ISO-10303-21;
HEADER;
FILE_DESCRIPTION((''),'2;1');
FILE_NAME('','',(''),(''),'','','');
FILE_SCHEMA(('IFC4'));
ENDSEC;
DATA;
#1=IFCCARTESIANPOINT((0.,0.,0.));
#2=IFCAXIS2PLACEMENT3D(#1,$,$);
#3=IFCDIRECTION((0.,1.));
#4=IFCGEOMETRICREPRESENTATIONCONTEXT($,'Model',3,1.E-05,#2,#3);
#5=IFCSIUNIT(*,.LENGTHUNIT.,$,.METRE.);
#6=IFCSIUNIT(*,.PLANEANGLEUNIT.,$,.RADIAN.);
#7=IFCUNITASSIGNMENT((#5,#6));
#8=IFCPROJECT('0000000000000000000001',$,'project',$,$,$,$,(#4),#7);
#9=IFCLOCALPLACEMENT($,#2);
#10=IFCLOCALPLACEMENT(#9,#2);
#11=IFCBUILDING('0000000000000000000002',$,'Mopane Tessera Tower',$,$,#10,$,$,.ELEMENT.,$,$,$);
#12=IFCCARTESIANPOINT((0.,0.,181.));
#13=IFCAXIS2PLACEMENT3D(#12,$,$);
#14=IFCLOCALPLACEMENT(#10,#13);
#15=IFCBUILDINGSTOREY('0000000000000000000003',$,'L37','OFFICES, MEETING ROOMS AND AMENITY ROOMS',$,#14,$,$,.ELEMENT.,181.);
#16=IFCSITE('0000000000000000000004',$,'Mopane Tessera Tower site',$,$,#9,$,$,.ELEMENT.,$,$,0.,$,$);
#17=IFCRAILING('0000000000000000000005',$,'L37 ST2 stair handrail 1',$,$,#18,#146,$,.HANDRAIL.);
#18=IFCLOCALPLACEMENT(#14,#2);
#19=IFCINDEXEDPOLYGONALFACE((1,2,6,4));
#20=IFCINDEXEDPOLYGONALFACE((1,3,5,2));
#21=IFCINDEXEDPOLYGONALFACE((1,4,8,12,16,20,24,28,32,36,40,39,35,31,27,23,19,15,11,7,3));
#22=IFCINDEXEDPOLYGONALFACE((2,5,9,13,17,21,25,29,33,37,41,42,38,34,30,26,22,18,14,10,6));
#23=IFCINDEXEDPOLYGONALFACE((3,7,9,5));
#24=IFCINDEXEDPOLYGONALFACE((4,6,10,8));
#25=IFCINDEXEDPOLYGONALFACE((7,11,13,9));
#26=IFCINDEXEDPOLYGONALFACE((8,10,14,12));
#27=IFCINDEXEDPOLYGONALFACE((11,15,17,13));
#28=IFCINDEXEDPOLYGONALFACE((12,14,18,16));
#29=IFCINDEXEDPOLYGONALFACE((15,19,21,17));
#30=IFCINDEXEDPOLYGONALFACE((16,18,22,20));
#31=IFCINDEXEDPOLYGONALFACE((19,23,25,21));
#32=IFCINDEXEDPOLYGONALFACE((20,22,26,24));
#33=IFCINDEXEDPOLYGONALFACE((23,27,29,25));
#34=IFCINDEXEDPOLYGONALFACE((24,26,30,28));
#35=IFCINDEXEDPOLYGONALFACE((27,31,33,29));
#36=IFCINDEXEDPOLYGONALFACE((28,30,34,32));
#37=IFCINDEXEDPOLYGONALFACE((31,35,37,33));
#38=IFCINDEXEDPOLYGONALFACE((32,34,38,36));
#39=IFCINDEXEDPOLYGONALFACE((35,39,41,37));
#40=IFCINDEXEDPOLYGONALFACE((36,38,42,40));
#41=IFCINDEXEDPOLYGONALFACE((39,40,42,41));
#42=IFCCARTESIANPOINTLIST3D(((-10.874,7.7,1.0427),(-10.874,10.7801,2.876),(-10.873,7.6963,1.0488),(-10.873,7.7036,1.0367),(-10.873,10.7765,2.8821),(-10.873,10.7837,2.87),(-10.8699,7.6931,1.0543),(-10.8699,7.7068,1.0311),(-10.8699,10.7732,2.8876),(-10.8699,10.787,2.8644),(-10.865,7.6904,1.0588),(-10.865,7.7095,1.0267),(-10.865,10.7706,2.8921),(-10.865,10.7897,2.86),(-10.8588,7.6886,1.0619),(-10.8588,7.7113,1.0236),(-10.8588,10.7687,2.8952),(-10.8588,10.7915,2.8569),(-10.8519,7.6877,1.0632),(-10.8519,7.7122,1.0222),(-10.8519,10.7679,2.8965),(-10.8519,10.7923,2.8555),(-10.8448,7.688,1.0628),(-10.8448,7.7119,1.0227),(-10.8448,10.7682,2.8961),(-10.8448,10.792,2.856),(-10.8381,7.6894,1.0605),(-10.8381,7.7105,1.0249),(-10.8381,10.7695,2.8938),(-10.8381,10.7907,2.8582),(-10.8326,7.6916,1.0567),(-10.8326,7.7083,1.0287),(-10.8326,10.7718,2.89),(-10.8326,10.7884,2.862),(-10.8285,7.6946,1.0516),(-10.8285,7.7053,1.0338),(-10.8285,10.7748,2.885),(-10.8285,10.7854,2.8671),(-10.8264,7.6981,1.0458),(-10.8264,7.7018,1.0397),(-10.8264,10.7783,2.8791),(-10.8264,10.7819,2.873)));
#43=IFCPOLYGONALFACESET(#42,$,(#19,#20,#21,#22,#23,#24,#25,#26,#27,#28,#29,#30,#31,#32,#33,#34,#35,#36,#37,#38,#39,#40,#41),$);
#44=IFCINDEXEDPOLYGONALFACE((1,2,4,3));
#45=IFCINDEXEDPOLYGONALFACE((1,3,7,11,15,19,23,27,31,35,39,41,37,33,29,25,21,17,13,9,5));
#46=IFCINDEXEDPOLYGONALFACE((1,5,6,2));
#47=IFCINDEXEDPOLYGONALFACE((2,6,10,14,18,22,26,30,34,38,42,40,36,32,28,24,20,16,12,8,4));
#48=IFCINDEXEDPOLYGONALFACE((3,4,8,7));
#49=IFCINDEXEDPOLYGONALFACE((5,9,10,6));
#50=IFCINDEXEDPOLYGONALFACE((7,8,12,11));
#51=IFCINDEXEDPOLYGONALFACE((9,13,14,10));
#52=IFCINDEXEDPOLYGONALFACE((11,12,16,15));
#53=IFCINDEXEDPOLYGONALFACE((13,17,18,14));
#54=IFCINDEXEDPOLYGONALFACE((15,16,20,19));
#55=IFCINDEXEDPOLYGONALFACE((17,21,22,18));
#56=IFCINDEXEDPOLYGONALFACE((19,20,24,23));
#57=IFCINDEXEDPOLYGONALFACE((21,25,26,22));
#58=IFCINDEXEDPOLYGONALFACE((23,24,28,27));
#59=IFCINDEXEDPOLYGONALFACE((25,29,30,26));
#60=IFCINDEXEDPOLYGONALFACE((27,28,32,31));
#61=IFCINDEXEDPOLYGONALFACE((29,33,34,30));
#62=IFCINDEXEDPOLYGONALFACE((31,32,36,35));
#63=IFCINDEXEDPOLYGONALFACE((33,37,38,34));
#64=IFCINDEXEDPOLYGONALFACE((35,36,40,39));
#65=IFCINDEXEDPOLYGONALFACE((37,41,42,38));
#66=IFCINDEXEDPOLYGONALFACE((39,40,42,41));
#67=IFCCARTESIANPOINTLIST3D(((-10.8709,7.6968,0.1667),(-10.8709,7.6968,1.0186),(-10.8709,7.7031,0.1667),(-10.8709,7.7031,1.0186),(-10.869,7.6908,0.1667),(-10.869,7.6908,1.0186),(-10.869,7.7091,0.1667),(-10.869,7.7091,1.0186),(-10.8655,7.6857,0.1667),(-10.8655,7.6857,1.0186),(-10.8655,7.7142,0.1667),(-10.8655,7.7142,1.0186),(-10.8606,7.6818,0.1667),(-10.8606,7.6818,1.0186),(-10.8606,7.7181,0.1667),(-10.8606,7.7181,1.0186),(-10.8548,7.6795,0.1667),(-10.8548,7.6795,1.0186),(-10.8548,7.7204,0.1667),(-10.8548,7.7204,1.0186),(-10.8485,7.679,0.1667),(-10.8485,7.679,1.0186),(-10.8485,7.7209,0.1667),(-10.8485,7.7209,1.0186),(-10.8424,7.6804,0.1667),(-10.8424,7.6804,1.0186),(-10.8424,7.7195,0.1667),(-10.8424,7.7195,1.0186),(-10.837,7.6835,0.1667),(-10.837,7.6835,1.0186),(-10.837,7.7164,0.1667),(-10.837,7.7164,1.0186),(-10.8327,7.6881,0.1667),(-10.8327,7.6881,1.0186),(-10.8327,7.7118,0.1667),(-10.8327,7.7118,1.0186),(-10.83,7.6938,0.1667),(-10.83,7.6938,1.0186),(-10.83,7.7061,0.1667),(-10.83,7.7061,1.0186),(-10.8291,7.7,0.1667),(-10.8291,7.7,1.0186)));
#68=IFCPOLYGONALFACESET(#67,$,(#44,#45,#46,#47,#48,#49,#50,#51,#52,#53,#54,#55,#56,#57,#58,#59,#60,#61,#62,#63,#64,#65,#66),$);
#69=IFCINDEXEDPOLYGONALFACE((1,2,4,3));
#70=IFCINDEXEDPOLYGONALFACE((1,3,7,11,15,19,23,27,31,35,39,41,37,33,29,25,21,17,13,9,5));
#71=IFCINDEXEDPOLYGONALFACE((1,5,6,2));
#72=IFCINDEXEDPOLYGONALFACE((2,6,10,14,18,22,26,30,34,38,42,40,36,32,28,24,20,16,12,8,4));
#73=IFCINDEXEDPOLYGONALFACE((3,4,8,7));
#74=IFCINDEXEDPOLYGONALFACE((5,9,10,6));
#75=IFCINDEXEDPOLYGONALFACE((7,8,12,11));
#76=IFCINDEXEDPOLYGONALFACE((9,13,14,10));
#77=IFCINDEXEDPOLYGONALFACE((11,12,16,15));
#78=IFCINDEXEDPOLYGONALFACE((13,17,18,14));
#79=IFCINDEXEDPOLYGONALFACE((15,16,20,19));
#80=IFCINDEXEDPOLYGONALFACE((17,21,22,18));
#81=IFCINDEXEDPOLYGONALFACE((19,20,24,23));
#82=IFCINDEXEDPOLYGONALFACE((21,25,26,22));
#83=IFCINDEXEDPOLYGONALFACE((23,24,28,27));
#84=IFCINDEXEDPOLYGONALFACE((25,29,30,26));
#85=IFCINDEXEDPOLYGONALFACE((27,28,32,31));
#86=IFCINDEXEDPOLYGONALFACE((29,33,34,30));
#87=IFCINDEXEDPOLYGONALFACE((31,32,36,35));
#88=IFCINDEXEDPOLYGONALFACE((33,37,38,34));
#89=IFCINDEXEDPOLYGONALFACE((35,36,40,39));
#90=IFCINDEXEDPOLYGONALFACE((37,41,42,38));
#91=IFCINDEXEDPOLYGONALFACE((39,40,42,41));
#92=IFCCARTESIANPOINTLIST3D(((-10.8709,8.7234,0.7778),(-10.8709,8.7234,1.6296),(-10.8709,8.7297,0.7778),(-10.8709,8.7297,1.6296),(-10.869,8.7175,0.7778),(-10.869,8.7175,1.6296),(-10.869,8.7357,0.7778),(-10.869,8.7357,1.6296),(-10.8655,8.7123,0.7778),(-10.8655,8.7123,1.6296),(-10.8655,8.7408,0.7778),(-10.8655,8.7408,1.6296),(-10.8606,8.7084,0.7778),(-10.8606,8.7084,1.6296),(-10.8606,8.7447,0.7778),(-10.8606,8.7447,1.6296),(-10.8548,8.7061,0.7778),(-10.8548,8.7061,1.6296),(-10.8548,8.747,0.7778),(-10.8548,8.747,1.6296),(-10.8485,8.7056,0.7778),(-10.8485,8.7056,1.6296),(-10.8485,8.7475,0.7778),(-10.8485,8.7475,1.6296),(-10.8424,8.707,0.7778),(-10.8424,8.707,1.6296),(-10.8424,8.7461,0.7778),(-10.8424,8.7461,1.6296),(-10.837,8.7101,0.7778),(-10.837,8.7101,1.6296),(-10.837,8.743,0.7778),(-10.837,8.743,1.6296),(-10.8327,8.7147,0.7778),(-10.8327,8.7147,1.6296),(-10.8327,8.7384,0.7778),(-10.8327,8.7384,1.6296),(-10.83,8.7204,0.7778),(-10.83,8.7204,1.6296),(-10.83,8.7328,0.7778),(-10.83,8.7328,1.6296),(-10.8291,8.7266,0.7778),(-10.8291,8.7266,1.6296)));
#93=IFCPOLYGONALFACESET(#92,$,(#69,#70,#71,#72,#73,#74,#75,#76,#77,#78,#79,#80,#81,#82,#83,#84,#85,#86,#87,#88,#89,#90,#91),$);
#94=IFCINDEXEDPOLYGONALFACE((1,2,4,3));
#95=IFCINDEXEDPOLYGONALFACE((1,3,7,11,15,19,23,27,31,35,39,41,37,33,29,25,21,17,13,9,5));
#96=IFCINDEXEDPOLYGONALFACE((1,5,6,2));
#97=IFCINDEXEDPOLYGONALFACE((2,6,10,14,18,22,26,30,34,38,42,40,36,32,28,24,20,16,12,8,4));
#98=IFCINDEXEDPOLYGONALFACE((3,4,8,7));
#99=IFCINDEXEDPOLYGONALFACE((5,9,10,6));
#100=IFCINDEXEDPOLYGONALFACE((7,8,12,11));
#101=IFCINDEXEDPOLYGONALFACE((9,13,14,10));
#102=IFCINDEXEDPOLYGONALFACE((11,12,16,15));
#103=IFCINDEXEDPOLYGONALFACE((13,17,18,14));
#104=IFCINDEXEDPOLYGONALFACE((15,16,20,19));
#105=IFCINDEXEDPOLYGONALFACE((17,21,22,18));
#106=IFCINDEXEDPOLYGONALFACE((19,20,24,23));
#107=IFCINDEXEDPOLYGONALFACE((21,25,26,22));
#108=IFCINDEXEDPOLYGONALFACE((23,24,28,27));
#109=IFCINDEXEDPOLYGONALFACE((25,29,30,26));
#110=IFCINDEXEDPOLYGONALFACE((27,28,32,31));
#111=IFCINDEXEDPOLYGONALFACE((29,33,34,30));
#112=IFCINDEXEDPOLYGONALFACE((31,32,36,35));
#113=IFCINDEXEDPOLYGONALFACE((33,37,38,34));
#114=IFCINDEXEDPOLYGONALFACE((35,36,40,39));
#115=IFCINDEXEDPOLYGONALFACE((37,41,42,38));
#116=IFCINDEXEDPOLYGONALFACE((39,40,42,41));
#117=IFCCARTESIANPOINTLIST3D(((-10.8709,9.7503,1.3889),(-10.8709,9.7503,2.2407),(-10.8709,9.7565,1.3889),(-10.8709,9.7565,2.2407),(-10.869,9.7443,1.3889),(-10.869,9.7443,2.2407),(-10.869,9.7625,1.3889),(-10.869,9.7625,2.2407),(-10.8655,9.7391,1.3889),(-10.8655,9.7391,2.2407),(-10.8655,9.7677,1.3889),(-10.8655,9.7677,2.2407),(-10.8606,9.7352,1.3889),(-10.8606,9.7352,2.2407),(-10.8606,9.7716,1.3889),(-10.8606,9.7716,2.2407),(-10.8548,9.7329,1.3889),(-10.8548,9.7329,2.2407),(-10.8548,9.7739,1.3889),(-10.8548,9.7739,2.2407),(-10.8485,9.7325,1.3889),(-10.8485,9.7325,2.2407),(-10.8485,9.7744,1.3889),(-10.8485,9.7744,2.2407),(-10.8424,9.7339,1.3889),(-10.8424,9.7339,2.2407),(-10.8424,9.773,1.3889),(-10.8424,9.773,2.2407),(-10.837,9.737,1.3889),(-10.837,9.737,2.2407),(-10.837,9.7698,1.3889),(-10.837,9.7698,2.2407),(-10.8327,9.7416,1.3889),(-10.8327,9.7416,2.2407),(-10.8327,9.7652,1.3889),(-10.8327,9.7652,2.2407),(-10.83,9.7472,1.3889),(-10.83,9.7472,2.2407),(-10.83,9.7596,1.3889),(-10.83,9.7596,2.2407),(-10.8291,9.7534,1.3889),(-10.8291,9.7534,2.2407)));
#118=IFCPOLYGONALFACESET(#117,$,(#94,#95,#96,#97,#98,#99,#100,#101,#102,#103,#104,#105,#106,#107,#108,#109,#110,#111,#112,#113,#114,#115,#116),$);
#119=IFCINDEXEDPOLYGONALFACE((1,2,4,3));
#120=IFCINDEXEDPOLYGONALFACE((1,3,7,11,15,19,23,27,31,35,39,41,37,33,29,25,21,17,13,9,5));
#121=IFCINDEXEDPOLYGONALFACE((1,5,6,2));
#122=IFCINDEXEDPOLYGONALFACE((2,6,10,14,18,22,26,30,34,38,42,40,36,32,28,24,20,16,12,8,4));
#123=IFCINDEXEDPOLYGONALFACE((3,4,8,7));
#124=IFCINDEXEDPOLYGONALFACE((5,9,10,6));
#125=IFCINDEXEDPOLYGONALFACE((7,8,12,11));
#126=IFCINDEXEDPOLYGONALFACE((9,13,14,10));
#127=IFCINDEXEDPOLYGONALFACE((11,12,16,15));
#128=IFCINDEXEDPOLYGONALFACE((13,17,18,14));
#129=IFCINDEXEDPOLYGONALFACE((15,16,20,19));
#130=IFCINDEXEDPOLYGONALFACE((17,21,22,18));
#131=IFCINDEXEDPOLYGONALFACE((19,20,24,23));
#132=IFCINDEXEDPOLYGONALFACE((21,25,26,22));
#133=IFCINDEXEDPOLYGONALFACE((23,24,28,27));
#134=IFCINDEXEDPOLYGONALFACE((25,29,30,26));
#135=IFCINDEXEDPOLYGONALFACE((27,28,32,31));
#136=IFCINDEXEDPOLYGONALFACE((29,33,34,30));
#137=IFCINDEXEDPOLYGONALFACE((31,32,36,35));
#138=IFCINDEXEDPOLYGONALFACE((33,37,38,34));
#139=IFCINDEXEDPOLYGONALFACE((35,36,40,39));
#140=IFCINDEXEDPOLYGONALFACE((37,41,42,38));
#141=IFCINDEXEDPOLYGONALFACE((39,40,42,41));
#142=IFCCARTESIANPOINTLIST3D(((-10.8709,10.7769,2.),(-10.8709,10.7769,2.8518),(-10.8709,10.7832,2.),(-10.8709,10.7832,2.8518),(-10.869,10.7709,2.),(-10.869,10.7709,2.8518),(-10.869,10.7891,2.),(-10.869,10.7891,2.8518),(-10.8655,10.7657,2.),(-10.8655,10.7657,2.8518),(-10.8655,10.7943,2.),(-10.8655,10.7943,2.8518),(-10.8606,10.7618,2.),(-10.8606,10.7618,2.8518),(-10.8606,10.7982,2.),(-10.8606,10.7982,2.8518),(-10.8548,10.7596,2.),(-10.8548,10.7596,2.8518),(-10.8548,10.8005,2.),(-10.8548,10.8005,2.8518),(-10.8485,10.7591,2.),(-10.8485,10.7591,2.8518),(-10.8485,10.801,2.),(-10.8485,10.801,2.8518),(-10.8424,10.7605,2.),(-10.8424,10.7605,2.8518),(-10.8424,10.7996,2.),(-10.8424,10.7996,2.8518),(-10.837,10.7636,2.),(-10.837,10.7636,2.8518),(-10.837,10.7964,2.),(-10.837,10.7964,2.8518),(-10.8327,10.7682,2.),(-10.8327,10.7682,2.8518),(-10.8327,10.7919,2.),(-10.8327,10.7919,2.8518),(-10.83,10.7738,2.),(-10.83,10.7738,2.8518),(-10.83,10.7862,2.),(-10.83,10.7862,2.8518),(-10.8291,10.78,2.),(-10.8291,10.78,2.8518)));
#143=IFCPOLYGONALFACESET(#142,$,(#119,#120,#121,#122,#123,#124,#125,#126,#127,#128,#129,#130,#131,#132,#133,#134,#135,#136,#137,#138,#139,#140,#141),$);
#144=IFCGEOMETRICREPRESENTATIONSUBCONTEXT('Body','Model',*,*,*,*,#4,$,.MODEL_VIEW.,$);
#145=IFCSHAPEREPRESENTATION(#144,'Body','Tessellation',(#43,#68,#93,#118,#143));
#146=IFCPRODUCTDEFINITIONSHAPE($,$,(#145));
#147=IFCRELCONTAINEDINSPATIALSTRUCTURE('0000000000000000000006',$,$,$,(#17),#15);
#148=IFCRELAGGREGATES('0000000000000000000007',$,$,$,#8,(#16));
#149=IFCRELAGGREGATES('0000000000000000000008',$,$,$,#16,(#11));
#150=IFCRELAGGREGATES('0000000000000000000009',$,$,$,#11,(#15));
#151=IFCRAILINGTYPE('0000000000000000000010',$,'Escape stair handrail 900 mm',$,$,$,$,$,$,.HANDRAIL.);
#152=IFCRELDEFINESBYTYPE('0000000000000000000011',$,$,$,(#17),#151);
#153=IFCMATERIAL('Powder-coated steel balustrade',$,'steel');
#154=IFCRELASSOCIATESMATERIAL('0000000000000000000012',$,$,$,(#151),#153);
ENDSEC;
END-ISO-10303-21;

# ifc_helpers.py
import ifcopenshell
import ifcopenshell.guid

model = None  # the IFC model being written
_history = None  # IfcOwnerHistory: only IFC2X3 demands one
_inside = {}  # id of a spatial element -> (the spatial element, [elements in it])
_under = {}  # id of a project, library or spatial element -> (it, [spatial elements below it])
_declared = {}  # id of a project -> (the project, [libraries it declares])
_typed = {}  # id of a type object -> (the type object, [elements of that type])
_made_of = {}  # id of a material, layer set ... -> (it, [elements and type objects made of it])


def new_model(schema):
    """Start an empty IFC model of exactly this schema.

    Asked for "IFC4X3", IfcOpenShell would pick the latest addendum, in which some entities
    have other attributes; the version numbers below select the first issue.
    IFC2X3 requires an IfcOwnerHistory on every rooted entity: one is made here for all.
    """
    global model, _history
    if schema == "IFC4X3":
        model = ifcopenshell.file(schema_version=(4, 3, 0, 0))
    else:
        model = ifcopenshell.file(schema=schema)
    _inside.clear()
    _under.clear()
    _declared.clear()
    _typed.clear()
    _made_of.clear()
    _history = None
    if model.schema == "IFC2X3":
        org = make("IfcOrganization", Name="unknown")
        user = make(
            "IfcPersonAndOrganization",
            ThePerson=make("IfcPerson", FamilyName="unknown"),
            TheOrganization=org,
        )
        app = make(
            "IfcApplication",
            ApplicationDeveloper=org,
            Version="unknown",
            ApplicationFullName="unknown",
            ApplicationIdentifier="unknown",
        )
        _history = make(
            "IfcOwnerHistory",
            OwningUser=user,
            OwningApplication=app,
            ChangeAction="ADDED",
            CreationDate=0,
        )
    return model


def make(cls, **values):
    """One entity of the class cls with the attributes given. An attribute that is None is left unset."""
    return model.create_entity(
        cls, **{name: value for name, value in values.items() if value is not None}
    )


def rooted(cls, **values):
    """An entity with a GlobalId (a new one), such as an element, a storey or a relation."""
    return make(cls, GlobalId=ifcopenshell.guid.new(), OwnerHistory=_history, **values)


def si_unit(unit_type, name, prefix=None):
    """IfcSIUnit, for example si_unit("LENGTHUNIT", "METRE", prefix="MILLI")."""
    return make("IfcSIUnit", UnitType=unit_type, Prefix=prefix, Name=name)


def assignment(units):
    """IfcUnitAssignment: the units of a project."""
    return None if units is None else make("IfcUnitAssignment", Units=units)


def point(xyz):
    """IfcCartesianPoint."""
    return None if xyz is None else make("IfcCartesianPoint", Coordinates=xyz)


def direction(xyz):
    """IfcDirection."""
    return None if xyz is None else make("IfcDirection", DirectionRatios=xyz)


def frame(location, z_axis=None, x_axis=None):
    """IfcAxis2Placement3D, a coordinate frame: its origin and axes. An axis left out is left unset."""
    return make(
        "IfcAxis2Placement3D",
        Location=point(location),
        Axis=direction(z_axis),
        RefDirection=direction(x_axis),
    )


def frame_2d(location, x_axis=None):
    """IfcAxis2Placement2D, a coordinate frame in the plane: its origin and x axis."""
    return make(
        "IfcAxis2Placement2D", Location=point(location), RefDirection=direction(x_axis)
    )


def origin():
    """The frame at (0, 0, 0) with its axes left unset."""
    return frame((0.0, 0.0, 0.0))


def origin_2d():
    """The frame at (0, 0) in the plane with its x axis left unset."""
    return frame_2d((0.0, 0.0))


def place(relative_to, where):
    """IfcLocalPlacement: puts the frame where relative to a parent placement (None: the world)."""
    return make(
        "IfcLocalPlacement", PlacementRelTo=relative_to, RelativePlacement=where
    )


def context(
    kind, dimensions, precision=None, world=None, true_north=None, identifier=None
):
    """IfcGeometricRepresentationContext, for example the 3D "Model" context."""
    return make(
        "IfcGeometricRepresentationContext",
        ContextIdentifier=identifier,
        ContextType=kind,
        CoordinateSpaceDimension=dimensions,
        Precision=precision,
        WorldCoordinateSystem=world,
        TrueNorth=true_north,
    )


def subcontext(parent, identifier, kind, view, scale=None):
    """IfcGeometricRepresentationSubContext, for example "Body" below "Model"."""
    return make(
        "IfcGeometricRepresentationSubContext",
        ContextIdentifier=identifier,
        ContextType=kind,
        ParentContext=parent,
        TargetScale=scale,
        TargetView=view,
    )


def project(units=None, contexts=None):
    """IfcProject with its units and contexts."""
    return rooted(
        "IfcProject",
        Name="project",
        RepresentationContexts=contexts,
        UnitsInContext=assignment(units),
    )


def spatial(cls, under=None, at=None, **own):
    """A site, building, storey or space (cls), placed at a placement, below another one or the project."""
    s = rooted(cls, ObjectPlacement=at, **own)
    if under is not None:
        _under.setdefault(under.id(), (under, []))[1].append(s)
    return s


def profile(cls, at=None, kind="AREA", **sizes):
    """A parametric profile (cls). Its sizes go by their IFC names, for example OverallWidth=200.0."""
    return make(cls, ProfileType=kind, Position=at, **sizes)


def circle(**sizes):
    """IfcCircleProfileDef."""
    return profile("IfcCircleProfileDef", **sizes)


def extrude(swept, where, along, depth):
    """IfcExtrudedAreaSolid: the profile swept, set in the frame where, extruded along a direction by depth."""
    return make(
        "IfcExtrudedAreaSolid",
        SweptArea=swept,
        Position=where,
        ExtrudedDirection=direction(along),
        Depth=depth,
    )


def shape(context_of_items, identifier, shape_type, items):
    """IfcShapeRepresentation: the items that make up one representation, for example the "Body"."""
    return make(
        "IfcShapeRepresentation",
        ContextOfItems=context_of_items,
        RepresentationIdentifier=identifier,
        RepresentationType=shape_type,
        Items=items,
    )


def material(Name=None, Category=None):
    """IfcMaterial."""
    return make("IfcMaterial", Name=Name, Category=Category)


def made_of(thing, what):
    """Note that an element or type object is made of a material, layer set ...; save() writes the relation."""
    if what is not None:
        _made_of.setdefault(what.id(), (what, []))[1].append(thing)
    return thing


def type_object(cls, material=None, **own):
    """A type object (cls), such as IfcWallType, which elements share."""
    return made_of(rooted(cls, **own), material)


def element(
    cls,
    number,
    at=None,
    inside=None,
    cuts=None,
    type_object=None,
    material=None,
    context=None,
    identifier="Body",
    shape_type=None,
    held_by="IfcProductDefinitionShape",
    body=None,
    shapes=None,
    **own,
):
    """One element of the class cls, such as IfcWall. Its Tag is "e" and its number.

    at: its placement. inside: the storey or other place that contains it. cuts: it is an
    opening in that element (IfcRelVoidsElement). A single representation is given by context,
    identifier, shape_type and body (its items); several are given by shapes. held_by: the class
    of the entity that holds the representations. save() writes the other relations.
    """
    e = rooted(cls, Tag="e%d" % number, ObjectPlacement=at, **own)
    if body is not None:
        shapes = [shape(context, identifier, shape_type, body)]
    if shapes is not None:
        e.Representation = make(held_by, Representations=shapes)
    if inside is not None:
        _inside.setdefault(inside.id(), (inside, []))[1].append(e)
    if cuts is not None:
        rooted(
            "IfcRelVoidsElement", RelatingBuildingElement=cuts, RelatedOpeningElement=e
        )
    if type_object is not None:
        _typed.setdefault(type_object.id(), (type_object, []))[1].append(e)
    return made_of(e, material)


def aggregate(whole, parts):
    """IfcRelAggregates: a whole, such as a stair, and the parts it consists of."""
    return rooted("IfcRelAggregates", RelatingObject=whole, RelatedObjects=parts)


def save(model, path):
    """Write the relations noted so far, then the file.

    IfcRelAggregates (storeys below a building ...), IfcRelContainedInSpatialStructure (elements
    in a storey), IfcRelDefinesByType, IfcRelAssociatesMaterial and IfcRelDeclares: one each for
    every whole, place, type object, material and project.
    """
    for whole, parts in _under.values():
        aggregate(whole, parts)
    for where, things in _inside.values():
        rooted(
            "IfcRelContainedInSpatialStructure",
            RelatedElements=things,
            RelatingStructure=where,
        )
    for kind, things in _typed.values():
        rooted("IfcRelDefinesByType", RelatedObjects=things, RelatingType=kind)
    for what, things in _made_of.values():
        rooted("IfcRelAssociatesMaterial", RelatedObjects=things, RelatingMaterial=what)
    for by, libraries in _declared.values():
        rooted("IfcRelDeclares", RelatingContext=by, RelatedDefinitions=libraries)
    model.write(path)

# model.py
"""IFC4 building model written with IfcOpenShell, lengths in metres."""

from ifc_helpers import new_model, si_unit, direction, frame, origin, origin_2d, place, context, subcontext, project, spatial, circle, extrude, material, type_object, element, save


model = new_model("IFC4")

# Units and contexts
model_context = context("Model", 3, precision=1e-05, world=origin(), true_north=direction((0.0, 1.0)))
body_context = subcontext(model_context, "Body", "Model", "MODEL_VIEW")
ifc_project = project(units=[si_unit("LENGTHUNIT", "METRE"), si_unit("PLANEANGLEUNIT", "RADIAN")], contexts=[model_context])

# Site, building, storey
site_placement = place(None, origin())
site = spatial("IfcSite", under=ifc_project, at=site_placement, Name="Mopane Tessera Tower site", CompositionType="ELEMENT", RefElevation=0.0)
building_placement = place(site_placement, origin())
building = spatial("IfcBuilding", under=site, at=building_placement, Name="Mopane Tessera Tower", CompositionType="ELEMENT")
storey_placement = place(building_placement, frame((0.0, 0.0, 181.0)))
storey = spatial("IfcBuildingStorey", under=building, at=storey_placement, Name="L37", Description="OFFICES, MEETING ROOMS AND AMENITY ROOMS", CompositionType="ELEMENT", Elevation=181.0)

# Railing
ifc_material_1 = material(Name="Powder-coated steel balustrade", Category="steel")
railing_type_1 = type_object("IfcRailingType", Name="Escape stair handrail 900 mm", PredefinedType="HANDRAIL", material=ifc_material_1)
railing_1_placement = place(storey_placement, frame((-10.8501, 7.7, 0.1667)))
element("IfcRailing", 1, at=railing_1_placement, inside=storey, type_object=railing_type_1, Name="L37 ST2 stair handrail 1", PredefinedType="HANDRAIL", context=body_context, shape_type="SweptSolid", body=[
    extrude(circle(Radius=0.0239, at=origin_2d()), frame((0.0, 0.0, 0.876), z_axis=(0.0, 0.859309, 0.511458), x_axis=(-1.0, 0.0, 0.0)), (0.0, 0.0, 1.0), 3.5845),
    extrude(circle(Radius=0.021, at=origin_2d()), origin(), (0.0, 0.0, 1.0), 0.8518),
    extrude(circle(Radius=0.021, at=origin_2d()), frame((0.0, 1.0266, 0.6111)), (0.0, 0.0, 1.0), 0.8518),
    extrude(circle(Radius=0.021, at=origin_2d()), frame((0.0, 2.0535, 1.2222)), (0.0, 0.0, 1.0), 0.8518),
    extrude(circle(Radius=0.021, at=origin_2d()), frame((0.0, 3.0801, 1.8333)), (0.0, 0.0, 1.0), 0.8518),
])

save(model, "model.ifc")
